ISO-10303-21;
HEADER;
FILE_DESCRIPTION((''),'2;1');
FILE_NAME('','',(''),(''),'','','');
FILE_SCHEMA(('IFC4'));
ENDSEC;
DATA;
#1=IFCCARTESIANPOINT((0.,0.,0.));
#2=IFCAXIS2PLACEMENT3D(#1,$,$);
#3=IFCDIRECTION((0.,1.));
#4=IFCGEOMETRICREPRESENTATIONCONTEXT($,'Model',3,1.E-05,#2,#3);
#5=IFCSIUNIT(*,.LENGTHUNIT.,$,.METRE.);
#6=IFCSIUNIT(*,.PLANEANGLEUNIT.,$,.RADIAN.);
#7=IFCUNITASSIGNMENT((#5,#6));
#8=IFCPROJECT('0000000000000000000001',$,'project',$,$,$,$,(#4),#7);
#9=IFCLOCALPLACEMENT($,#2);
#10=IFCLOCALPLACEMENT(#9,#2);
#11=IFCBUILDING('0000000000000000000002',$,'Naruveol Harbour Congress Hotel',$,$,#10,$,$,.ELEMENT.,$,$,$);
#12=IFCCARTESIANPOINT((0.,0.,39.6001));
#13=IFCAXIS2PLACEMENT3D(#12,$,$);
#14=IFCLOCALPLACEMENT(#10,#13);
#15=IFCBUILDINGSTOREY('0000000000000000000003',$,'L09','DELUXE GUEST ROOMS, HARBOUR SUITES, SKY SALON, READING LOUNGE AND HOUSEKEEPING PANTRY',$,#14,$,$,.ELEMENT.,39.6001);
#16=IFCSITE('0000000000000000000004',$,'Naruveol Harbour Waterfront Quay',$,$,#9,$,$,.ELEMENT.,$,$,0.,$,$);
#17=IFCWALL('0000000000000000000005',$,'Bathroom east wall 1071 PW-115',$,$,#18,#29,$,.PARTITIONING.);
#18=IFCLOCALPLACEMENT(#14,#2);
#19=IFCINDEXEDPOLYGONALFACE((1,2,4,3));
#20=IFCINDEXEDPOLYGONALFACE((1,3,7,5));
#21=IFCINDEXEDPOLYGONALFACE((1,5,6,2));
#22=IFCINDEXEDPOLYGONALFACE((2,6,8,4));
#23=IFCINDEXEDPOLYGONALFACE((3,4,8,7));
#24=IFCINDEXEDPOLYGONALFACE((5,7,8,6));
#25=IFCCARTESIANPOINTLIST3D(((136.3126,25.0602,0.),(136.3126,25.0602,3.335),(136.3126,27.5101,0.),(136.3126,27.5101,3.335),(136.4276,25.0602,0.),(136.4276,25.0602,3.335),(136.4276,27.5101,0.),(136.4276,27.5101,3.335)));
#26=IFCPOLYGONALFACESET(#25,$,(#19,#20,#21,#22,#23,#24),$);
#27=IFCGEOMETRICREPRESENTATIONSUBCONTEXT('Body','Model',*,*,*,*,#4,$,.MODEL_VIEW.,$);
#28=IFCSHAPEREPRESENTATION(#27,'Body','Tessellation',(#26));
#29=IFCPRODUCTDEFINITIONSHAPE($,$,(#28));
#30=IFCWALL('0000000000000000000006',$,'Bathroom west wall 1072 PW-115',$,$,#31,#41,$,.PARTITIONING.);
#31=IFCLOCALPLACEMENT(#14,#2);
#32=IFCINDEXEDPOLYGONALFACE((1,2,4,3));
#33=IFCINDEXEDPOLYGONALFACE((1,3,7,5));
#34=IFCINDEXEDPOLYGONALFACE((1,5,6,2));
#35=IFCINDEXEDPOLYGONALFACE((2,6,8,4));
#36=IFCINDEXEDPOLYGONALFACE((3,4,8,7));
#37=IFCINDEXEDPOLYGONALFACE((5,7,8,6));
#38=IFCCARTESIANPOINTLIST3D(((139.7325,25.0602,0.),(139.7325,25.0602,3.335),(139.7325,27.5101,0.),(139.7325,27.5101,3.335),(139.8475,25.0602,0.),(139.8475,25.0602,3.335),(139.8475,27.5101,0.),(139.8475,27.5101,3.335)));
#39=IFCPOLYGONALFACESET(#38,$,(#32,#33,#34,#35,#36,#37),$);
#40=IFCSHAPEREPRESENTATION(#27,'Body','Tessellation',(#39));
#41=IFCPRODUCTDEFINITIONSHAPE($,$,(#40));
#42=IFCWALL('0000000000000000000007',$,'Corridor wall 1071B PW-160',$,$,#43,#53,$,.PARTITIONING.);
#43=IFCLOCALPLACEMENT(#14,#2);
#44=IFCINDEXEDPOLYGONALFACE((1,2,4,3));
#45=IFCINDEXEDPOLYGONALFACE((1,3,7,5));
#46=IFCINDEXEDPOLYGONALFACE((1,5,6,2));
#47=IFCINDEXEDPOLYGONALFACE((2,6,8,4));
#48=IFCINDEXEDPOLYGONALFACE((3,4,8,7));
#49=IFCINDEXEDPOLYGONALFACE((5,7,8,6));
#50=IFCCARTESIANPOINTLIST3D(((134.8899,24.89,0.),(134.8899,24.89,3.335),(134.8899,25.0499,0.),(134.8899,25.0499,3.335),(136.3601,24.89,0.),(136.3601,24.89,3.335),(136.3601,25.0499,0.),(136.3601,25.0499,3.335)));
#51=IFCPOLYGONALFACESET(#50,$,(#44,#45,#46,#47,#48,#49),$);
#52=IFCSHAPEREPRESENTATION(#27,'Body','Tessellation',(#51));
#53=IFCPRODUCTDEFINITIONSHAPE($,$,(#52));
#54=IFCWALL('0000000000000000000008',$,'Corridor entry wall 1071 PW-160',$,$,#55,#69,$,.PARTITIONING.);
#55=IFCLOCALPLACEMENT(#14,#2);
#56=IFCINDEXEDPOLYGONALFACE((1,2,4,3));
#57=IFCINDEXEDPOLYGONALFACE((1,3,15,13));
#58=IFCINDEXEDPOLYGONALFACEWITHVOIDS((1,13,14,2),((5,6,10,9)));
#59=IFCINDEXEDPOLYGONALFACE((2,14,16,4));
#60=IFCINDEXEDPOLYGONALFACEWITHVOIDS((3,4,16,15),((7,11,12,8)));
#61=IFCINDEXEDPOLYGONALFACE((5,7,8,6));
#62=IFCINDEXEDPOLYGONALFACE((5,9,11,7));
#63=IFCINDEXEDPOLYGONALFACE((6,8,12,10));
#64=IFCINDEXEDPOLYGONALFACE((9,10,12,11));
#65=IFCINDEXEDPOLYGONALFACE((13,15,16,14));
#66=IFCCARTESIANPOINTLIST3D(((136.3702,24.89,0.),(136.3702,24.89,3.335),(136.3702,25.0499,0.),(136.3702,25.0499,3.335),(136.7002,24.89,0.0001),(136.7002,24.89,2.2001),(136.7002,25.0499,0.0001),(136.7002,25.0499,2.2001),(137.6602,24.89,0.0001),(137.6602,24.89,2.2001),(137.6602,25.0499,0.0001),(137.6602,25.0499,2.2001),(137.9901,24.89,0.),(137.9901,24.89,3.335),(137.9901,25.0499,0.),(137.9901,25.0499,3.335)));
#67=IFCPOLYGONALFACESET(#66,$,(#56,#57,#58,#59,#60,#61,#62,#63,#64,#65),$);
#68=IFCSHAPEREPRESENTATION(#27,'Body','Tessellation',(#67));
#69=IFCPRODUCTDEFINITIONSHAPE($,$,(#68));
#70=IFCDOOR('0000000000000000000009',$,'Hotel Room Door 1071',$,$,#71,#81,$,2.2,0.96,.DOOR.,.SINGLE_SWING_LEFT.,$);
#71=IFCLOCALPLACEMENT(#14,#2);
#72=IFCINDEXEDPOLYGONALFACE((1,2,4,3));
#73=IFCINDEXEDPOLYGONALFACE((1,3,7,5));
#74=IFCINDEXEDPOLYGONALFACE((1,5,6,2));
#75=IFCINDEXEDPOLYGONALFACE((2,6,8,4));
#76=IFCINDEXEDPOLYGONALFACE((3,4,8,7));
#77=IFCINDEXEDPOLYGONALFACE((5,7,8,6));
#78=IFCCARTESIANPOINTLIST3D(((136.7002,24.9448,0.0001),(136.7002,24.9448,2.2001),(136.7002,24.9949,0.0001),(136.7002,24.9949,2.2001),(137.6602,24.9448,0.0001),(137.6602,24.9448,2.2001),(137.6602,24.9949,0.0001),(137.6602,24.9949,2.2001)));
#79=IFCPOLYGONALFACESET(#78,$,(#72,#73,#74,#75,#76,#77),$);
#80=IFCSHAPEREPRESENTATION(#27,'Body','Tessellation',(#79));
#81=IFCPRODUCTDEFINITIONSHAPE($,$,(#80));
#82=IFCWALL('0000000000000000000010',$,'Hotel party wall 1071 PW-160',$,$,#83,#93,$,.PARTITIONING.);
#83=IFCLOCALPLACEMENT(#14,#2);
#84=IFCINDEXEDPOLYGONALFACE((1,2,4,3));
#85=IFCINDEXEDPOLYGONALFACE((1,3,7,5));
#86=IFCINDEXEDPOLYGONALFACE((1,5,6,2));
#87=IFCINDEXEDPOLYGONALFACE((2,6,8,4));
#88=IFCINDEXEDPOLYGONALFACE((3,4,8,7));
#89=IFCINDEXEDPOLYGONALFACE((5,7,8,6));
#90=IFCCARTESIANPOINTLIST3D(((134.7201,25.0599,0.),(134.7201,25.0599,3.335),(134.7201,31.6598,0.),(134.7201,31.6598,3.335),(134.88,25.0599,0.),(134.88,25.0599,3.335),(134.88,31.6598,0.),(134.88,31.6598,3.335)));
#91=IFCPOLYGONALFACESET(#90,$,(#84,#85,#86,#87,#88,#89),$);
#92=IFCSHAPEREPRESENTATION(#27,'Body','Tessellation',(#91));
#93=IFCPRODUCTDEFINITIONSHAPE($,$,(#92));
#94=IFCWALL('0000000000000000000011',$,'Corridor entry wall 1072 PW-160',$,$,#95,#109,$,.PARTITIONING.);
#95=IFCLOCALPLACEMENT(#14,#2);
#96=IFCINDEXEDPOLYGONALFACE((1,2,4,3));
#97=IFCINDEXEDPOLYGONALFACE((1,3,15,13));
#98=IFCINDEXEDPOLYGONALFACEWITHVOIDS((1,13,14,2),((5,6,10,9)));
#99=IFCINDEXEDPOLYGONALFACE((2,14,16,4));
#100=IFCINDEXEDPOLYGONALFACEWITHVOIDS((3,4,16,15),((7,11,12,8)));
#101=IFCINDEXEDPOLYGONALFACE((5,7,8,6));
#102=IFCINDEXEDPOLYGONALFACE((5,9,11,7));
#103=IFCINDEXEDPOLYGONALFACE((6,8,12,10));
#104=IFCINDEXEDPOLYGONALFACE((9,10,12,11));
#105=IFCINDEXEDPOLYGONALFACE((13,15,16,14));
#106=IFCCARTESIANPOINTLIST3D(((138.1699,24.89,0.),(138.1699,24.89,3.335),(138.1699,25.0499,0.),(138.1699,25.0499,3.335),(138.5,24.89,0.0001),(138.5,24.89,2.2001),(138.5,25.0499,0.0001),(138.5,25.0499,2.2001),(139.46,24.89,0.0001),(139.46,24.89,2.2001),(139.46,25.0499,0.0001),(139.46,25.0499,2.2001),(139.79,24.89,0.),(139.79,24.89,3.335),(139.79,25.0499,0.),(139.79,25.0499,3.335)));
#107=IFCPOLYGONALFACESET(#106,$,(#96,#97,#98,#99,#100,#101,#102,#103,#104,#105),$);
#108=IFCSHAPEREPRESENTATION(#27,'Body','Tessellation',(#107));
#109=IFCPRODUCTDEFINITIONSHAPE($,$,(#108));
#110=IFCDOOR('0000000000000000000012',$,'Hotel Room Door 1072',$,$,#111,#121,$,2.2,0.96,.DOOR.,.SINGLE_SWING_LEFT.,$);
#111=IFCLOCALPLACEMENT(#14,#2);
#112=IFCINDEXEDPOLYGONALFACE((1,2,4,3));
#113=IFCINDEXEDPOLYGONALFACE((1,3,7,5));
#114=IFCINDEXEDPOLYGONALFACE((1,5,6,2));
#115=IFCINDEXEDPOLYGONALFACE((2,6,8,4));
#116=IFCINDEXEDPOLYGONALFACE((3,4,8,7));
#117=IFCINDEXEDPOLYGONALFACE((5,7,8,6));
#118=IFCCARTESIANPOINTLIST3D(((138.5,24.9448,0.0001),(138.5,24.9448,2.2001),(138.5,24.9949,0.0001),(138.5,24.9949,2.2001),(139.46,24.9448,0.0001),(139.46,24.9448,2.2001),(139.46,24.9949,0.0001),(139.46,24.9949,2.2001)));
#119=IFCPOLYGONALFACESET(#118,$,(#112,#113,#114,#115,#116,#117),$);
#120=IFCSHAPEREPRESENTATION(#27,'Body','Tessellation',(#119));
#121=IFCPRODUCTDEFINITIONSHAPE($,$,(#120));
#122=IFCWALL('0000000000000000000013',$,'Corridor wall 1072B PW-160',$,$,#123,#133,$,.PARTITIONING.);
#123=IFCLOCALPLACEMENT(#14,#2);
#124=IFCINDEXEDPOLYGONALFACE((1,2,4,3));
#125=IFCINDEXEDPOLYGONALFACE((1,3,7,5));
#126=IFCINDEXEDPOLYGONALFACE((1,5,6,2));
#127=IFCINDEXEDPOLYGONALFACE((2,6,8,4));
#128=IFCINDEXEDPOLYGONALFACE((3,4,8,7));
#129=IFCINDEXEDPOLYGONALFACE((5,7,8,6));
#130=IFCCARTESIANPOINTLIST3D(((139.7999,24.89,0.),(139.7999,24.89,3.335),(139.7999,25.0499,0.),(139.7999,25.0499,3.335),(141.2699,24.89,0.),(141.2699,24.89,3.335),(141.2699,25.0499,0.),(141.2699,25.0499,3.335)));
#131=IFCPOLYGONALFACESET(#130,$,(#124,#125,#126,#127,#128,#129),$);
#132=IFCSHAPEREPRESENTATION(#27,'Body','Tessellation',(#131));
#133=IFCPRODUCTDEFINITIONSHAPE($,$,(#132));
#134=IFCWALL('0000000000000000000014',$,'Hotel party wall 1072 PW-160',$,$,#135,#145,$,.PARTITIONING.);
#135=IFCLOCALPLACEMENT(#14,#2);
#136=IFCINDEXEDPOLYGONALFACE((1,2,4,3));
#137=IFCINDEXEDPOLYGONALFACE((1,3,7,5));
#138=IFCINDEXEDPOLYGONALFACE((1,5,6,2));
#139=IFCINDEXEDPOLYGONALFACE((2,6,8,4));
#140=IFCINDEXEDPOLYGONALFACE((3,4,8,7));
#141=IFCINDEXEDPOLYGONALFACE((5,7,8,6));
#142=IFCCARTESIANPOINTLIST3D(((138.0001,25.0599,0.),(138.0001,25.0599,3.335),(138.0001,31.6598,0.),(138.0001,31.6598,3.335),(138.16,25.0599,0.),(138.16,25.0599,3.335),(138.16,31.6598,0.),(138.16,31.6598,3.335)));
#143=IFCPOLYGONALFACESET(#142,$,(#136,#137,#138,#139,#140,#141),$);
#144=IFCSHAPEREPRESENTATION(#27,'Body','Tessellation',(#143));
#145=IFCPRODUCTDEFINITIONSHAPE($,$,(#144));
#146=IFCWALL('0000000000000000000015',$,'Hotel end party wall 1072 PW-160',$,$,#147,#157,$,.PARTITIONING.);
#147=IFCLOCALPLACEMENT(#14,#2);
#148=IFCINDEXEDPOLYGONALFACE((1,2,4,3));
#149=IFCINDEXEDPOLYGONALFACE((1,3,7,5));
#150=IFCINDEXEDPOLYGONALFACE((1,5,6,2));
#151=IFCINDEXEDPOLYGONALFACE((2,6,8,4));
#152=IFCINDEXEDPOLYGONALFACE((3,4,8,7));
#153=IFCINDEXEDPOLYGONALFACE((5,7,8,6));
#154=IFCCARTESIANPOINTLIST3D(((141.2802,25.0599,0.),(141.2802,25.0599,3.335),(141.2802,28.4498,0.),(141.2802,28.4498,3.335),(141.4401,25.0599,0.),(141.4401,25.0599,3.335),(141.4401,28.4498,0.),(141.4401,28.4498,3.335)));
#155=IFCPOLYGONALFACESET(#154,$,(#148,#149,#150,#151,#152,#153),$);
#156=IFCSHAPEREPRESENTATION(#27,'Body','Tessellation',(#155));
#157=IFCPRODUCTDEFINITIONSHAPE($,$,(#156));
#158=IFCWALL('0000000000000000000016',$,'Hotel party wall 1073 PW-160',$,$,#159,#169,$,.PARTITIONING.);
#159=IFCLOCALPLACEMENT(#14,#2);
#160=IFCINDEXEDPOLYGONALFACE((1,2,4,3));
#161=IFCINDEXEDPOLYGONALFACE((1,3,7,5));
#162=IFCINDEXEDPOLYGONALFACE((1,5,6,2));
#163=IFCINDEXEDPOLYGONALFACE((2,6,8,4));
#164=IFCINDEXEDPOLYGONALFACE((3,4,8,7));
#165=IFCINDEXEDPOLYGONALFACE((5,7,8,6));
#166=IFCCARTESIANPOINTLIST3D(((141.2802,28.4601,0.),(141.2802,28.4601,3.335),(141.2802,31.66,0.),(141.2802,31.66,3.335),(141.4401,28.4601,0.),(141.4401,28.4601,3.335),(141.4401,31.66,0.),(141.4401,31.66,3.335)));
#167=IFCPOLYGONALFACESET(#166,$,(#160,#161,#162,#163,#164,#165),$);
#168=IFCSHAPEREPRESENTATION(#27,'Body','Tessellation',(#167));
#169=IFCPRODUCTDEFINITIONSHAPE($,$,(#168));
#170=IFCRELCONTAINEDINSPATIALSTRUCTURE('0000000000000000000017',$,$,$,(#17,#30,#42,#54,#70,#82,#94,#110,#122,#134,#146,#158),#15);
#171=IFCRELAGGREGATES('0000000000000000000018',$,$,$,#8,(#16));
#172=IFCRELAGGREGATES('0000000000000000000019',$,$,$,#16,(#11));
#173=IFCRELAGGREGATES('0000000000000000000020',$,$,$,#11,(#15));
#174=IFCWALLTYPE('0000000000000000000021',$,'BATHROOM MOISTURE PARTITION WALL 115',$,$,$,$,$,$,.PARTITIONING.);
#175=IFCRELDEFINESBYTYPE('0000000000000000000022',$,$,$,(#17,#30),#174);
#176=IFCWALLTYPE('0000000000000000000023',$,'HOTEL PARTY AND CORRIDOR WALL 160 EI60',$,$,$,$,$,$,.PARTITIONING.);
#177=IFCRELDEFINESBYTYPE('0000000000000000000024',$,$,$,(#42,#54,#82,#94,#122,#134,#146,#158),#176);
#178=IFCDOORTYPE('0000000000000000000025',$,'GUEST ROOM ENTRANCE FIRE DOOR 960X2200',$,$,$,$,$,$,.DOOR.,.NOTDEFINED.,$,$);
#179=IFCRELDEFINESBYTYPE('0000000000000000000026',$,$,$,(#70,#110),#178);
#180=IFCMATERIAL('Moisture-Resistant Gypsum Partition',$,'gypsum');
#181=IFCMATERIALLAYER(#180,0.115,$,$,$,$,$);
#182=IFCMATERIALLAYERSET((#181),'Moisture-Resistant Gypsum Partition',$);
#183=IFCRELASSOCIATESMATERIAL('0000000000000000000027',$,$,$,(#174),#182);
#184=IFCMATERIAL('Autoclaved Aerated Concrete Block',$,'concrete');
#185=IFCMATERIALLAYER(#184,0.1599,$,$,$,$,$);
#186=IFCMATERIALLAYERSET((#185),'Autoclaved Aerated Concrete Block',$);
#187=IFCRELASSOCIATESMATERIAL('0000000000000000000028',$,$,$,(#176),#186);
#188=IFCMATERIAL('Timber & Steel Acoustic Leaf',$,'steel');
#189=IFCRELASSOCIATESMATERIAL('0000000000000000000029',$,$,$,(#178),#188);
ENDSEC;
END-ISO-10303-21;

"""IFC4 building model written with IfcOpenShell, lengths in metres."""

from ifc_helpers import new_model, si_unit, direction, frame, frame_2d, origin, place, context, subcontext, project, spatial, rectangle, extrude, material, layer, layer_set, type_object, element, fill, save


model = new_model("IFC4")

# Units and contexts
model_context = context("Model", 3, precision=1e-05, world=origin(), true_north=direction((0.0, 1.0)))
body_context = subcontext(model_context, "Body", "Model", "MODEL_VIEW")
ifc_project = project(units=[si_unit("LENGTHUNIT", "METRE"), si_unit("PLANEANGLEUNIT", "RADIAN")], contexts=[model_context])

# Site, building, storey
site_placement = place(None, origin())
site = spatial("IfcSite", under=ifc_project, at=site_placement, Name="Naruveol Harbour Waterfront Quay", CompositionType="ELEMENT", RefElevation=0.0)
building_placement = place(site_placement, origin())
building = spatial("IfcBuilding", under=site, at=building_placement, Name="Naruveol Harbour Congress Hotel", CompositionType="ELEMENT")
storey_placement = place(building_placement, frame((0.0, 0.0, 39.6001)))
storey = spatial("IfcBuildingStorey", under=building, at=storey_placement, Name="L09", Description="DELUXE GUEST ROOMS, HARBOUR SUITES, SKY SALON, READING LOUNGE AND HOUSEKEEPING PANTRY", CompositionType="ELEMENT", Elevation=39.6001)

# Wall
ifc_material_1 = material(Name="Moisture-Resistant Gypsum Partition", Category="gypsum")
ifc_layer_1 = layer(ifc_material_1, 0.115)
ifc_layer_set_1 = layer_set([ifc_layer_1], Name="Moisture-Resistant Gypsum Partition")
wall_type_1 = type_object("IfcWallType", Name="BATHROOM MOISTURE PARTITION WALL 115", PredefinedType="PARTITIONING", material=ifc_layer_set_1)
wall_1_placement = place(storey_placement, frame((136.3701, 25.0601, 0.0), z_axis=(0.0, 0.0, 1.0), x_axis=(0.0, 1.0, 0.0)))
element("IfcWall", 1, at=wall_1_placement, inside=storey, type_object=wall_type_1, Name="Bathroom east wall 1071 PW-115", PredefinedType="PARTITIONING", context=body_context, shape_type="SweptSolid", body=[
    extrude(rectangle(XDim=2.45, YDim=0.115, at=frame_2d((1.2251, 0.0))), origin(), (0.0, 0.0, 1.0), 3.335),
])

# Wall
wall_2_placement = place(storey_placement, frame((139.79, 25.0601, 0.0), z_axis=(0.0, 0.0, 1.0), x_axis=(0.0, 1.0, 0.0)))
element("IfcWall", 2, at=wall_2_placement, inside=storey, type_object=wall_type_1, Name="Bathroom west wall 1072 PW-115", PredefinedType="PARTITIONING", context=body_context, shape_type="SweptSolid", body=[
    extrude(rectangle(XDim=2.45, YDim=0.115, at=frame_2d((1.2251, 0.0))), origin(), (0.0, 0.0, 1.0), 3.335),
])

# Wall
ifc_material_2 = material(Name="Autoclaved Aerated Concrete Block", Category="concrete")
ifc_layer_2 = layer(ifc_material_2, 0.1599)
ifc_layer_set_2 = layer_set([ifc_layer_2], Name="Autoclaved Aerated Concrete Block")
wall_type_2 = type_object("IfcWallType", Name="HOTEL PARTY AND CORRIDOR WALL 160 EI60", PredefinedType="PARTITIONING", material=ifc_layer_set_2)
wall_3_placement = place(storey_placement, frame((134.8899, 24.97, 0.0), z_axis=(0.0, 0.0, 1.0), x_axis=(1.0, 0.0, 0.0)))
element("IfcWall", 3, at=wall_3_placement, inside=storey, type_object=wall_type_2, Name="Corridor wall 1071B PW-160", PredefinedType="PARTITIONING", context=body_context, shape_type="SweptSolid", body=[
    extrude(rectangle(XDim=1.4702, YDim=0.1599, at=frame_2d((0.7351, 0.0))), origin(), (0.0, 0.0, 1.0), 3.335),
])

# Wall, opening, door
wall_4_placement = place(storey_placement, frame((136.3701, 24.97, 0.0), z_axis=(0.0, 0.0, 1.0), x_axis=(1.0, 0.0, 0.0)))
wall_4 = element("IfcWall", 4, at=wall_4_placement, inside=storey, type_object=wall_type_2, Name="Corridor entry wall 1071 PW-160", PredefinedType="PARTITIONING", context=body_context, shape_type="SweptSolid", body=[
    extrude(rectangle(XDim=1.6199, YDim=0.1599, at=frame_2d((0.8101, 0.0))), origin(), (0.0, 0.0, 1.0), 3.335),
])
opening_1_placement = place(wall_4_placement, frame((0.3301, 0.0, 0.0)))
opening_1 = element("IfcOpeningElement", 5, at=opening_1_placement, cuts=wall_4, PredefinedType="OPENING", context=body_context, shape_type="SweptSolid", body=[
    extrude(rectangle(XDim=0.96, YDim=2.2, at=frame_2d((0.48, 1.1001))), frame((0.0, 0.0898, 0.0), z_axis=(0.0, -1.0, 0.0), x_axis=(1.0, 0.0, 0.0)), (0.0, 0.0, 1.0), 0.1799),
])
ifc_material_3 = material(Name="Timber & Steel Acoustic Leaf", Category="steel")
door_type_1 = type_object("IfcDoorType", Name="GUEST ROOM ENTRANCE FIRE DOOR 960X2200", OperationType="NOTDEFINED", PredefinedType="DOOR", material=ifc_material_3)
door_1_placement = place(opening_1_placement, origin())
door_1 = element("IfcDoor", 6, at=door_1_placement, inside=storey, type_object=door_type_1, Name="Hotel Room Door 1071", OperationType="SINGLE_SWING_LEFT", OverallHeight=2.2, OverallWidth=0.96, PredefinedType="DOOR", context=body_context, shape_type="SweptSolid", body=[
    extrude(rectangle(XDim=0.96, YDim=2.2, at=frame_2d((0.48, 1.1001))), frame((0.0, 0.0249, 0.0), z_axis=(0.0, -1.0, 0.0), x_axis=(1.0, 0.0, 0.0)), (0.0, 0.0, 1.0), 0.05),
])
fill(opening_1, door_1)

# Wall
wall_5_placement = place(storey_placement, frame((134.8, 25.0601, 0.0), z_axis=(0.0, 0.0, 1.0), x_axis=(0.0, 1.0, 0.0)))
element("IfcWall", 7, at=wall_5_placement, inside=storey, type_object=wall_type_2, Name="Hotel party wall 1071 PW-160", PredefinedType="PARTITIONING", context=body_context, shape_type="SweptSolid", body=[
    extrude(rectangle(XDim=6.5999, YDim=0.1599, at=frame_2d((3.2998, 0.0))), origin(), (0.0, 0.0, 1.0), 3.335),
])

# Wall, opening, door
wall_6_placement = place(storey_placement, frame((138.1699, 24.97, 0.0), z_axis=(0.0, 0.0, 1.0), x_axis=(1.0, 0.0, 0.0)))
wall_6 = element("IfcWall", 8, at=wall_6_placement, inside=storey, type_object=wall_type_2, Name="Corridor entry wall 1072 PW-160", PredefinedType="PARTITIONING", context=body_context, shape_type="SweptSolid", body=[
    extrude(rectangle(XDim=1.6201, YDim=0.1599, at=frame_2d((0.8101, 0.0))), origin(), (0.0, 0.0, 1.0), 3.335),
])
opening_2_placement = place(wall_6_placement, frame((0.3301, 0.0, 0.0)))
opening_2 = element("IfcOpeningElement", 9, at=opening_2_placement, cuts=wall_6, PredefinedType="OPENING", context=body_context, shape_type="SweptSolid", body=[
    extrude(rectangle(XDim=0.96, YDim=2.2, at=frame_2d((0.48, 1.1001))), frame((0.0, 0.0898, 0.0), z_axis=(0.0, -1.0, 0.0), x_axis=(1.0, 0.0, 0.0)), (0.0, 0.0, 1.0), 0.1799),
])
door_2_placement = place(opening_2_placement, origin())
door_2 = element("IfcDoor", 10, at=door_2_placement, inside=storey, type_object=door_type_1, Name="Hotel Room Door 1072", OperationType="SINGLE_SWING_LEFT", OverallHeight=2.2, OverallWidth=0.96, PredefinedType="DOOR", context=body_context, shape_type="SweptSolid", body=[
    extrude(rectangle(XDim=0.96, YDim=2.2, at=frame_2d((0.48, 1.1001))), frame((0.0, 0.0249, 0.0), z_axis=(0.0, -1.0, 0.0), x_axis=(1.0, 0.0, 0.0)), (0.0, 0.0, 1.0), 0.05),
])
fill(opening_2, door_2)

# Walls
wall_7_placement = place(storey_placement, frame((139.8, 24.97, 0.0), z_axis=(0.0, 0.0, 1.0), x_axis=(1.0, 0.0, 0.0)))
element("IfcWall", 11, at=wall_7_placement, inside=storey, type_object=wall_type_2, Name="Corridor wall 1072B PW-160", PredefinedType="PARTITIONING", context=body_context, shape_type="SweptSolid", body=[
    extrude(rectangle(XDim=1.47, YDim=0.1599, at=frame_2d((0.7349, 0.0))), origin(), (0.0, 0.0, 1.0), 3.335),
])
wall_8_placement = place(storey_placement, frame((138.0801, 25.0601, 0.0), z_axis=(0.0, 0.0, 1.0), x_axis=(0.0, 1.0, 0.0)))
element("IfcWall", 12, at=wall_8_placement, inside=storey, type_object=wall_type_2, Name="Hotel party wall 1072 PW-160", PredefinedType="PARTITIONING", context=body_context, shape_type="SweptSolid", body=[
    extrude(rectangle(XDim=6.5999, YDim=0.1599, at=frame_2d((3.2998, 0.0))), origin(), (0.0, 0.0, 1.0), 3.335),
])
wall_9_placement = place(storey_placement, frame((141.3601, 25.0601, 0.0), z_axis=(0.0, 0.0, 1.0), x_axis=(0.0, 1.0, 0.0)))
element("IfcWall", 13, at=wall_9_placement, inside=storey, type_object=wall_type_2, Name="Hotel end party wall 1072 PW-160", PredefinedType="PARTITIONING", context=body_context, shape_type="SweptSolid", body=[
    extrude(rectangle(XDim=3.3899, YDim=0.1599, at=frame_2d((1.6948, 0.0))), origin(), (0.0, 0.0, 1.0), 3.335),
])
wall_10_placement = place(storey_placement, frame((141.3601, 28.46, 0.0), z_axis=(0.0, 0.0, 1.0), x_axis=(0.0, 1.0, 0.0)))
element("IfcWall", 14, at=wall_10_placement, inside=storey, type_object=wall_type_2, Name="Hotel party wall 1073 PW-160", PredefinedType="PARTITIONING", context=body_context, shape_type="SweptSolid", body=[
    extrude(rectangle(XDim=3.2, YDim=0.1599, at=frame_2d((1.6001, 0.0))), origin(), (0.0, 0.0, 1.0), 3.335),
])

save(model, "model.ifc")
